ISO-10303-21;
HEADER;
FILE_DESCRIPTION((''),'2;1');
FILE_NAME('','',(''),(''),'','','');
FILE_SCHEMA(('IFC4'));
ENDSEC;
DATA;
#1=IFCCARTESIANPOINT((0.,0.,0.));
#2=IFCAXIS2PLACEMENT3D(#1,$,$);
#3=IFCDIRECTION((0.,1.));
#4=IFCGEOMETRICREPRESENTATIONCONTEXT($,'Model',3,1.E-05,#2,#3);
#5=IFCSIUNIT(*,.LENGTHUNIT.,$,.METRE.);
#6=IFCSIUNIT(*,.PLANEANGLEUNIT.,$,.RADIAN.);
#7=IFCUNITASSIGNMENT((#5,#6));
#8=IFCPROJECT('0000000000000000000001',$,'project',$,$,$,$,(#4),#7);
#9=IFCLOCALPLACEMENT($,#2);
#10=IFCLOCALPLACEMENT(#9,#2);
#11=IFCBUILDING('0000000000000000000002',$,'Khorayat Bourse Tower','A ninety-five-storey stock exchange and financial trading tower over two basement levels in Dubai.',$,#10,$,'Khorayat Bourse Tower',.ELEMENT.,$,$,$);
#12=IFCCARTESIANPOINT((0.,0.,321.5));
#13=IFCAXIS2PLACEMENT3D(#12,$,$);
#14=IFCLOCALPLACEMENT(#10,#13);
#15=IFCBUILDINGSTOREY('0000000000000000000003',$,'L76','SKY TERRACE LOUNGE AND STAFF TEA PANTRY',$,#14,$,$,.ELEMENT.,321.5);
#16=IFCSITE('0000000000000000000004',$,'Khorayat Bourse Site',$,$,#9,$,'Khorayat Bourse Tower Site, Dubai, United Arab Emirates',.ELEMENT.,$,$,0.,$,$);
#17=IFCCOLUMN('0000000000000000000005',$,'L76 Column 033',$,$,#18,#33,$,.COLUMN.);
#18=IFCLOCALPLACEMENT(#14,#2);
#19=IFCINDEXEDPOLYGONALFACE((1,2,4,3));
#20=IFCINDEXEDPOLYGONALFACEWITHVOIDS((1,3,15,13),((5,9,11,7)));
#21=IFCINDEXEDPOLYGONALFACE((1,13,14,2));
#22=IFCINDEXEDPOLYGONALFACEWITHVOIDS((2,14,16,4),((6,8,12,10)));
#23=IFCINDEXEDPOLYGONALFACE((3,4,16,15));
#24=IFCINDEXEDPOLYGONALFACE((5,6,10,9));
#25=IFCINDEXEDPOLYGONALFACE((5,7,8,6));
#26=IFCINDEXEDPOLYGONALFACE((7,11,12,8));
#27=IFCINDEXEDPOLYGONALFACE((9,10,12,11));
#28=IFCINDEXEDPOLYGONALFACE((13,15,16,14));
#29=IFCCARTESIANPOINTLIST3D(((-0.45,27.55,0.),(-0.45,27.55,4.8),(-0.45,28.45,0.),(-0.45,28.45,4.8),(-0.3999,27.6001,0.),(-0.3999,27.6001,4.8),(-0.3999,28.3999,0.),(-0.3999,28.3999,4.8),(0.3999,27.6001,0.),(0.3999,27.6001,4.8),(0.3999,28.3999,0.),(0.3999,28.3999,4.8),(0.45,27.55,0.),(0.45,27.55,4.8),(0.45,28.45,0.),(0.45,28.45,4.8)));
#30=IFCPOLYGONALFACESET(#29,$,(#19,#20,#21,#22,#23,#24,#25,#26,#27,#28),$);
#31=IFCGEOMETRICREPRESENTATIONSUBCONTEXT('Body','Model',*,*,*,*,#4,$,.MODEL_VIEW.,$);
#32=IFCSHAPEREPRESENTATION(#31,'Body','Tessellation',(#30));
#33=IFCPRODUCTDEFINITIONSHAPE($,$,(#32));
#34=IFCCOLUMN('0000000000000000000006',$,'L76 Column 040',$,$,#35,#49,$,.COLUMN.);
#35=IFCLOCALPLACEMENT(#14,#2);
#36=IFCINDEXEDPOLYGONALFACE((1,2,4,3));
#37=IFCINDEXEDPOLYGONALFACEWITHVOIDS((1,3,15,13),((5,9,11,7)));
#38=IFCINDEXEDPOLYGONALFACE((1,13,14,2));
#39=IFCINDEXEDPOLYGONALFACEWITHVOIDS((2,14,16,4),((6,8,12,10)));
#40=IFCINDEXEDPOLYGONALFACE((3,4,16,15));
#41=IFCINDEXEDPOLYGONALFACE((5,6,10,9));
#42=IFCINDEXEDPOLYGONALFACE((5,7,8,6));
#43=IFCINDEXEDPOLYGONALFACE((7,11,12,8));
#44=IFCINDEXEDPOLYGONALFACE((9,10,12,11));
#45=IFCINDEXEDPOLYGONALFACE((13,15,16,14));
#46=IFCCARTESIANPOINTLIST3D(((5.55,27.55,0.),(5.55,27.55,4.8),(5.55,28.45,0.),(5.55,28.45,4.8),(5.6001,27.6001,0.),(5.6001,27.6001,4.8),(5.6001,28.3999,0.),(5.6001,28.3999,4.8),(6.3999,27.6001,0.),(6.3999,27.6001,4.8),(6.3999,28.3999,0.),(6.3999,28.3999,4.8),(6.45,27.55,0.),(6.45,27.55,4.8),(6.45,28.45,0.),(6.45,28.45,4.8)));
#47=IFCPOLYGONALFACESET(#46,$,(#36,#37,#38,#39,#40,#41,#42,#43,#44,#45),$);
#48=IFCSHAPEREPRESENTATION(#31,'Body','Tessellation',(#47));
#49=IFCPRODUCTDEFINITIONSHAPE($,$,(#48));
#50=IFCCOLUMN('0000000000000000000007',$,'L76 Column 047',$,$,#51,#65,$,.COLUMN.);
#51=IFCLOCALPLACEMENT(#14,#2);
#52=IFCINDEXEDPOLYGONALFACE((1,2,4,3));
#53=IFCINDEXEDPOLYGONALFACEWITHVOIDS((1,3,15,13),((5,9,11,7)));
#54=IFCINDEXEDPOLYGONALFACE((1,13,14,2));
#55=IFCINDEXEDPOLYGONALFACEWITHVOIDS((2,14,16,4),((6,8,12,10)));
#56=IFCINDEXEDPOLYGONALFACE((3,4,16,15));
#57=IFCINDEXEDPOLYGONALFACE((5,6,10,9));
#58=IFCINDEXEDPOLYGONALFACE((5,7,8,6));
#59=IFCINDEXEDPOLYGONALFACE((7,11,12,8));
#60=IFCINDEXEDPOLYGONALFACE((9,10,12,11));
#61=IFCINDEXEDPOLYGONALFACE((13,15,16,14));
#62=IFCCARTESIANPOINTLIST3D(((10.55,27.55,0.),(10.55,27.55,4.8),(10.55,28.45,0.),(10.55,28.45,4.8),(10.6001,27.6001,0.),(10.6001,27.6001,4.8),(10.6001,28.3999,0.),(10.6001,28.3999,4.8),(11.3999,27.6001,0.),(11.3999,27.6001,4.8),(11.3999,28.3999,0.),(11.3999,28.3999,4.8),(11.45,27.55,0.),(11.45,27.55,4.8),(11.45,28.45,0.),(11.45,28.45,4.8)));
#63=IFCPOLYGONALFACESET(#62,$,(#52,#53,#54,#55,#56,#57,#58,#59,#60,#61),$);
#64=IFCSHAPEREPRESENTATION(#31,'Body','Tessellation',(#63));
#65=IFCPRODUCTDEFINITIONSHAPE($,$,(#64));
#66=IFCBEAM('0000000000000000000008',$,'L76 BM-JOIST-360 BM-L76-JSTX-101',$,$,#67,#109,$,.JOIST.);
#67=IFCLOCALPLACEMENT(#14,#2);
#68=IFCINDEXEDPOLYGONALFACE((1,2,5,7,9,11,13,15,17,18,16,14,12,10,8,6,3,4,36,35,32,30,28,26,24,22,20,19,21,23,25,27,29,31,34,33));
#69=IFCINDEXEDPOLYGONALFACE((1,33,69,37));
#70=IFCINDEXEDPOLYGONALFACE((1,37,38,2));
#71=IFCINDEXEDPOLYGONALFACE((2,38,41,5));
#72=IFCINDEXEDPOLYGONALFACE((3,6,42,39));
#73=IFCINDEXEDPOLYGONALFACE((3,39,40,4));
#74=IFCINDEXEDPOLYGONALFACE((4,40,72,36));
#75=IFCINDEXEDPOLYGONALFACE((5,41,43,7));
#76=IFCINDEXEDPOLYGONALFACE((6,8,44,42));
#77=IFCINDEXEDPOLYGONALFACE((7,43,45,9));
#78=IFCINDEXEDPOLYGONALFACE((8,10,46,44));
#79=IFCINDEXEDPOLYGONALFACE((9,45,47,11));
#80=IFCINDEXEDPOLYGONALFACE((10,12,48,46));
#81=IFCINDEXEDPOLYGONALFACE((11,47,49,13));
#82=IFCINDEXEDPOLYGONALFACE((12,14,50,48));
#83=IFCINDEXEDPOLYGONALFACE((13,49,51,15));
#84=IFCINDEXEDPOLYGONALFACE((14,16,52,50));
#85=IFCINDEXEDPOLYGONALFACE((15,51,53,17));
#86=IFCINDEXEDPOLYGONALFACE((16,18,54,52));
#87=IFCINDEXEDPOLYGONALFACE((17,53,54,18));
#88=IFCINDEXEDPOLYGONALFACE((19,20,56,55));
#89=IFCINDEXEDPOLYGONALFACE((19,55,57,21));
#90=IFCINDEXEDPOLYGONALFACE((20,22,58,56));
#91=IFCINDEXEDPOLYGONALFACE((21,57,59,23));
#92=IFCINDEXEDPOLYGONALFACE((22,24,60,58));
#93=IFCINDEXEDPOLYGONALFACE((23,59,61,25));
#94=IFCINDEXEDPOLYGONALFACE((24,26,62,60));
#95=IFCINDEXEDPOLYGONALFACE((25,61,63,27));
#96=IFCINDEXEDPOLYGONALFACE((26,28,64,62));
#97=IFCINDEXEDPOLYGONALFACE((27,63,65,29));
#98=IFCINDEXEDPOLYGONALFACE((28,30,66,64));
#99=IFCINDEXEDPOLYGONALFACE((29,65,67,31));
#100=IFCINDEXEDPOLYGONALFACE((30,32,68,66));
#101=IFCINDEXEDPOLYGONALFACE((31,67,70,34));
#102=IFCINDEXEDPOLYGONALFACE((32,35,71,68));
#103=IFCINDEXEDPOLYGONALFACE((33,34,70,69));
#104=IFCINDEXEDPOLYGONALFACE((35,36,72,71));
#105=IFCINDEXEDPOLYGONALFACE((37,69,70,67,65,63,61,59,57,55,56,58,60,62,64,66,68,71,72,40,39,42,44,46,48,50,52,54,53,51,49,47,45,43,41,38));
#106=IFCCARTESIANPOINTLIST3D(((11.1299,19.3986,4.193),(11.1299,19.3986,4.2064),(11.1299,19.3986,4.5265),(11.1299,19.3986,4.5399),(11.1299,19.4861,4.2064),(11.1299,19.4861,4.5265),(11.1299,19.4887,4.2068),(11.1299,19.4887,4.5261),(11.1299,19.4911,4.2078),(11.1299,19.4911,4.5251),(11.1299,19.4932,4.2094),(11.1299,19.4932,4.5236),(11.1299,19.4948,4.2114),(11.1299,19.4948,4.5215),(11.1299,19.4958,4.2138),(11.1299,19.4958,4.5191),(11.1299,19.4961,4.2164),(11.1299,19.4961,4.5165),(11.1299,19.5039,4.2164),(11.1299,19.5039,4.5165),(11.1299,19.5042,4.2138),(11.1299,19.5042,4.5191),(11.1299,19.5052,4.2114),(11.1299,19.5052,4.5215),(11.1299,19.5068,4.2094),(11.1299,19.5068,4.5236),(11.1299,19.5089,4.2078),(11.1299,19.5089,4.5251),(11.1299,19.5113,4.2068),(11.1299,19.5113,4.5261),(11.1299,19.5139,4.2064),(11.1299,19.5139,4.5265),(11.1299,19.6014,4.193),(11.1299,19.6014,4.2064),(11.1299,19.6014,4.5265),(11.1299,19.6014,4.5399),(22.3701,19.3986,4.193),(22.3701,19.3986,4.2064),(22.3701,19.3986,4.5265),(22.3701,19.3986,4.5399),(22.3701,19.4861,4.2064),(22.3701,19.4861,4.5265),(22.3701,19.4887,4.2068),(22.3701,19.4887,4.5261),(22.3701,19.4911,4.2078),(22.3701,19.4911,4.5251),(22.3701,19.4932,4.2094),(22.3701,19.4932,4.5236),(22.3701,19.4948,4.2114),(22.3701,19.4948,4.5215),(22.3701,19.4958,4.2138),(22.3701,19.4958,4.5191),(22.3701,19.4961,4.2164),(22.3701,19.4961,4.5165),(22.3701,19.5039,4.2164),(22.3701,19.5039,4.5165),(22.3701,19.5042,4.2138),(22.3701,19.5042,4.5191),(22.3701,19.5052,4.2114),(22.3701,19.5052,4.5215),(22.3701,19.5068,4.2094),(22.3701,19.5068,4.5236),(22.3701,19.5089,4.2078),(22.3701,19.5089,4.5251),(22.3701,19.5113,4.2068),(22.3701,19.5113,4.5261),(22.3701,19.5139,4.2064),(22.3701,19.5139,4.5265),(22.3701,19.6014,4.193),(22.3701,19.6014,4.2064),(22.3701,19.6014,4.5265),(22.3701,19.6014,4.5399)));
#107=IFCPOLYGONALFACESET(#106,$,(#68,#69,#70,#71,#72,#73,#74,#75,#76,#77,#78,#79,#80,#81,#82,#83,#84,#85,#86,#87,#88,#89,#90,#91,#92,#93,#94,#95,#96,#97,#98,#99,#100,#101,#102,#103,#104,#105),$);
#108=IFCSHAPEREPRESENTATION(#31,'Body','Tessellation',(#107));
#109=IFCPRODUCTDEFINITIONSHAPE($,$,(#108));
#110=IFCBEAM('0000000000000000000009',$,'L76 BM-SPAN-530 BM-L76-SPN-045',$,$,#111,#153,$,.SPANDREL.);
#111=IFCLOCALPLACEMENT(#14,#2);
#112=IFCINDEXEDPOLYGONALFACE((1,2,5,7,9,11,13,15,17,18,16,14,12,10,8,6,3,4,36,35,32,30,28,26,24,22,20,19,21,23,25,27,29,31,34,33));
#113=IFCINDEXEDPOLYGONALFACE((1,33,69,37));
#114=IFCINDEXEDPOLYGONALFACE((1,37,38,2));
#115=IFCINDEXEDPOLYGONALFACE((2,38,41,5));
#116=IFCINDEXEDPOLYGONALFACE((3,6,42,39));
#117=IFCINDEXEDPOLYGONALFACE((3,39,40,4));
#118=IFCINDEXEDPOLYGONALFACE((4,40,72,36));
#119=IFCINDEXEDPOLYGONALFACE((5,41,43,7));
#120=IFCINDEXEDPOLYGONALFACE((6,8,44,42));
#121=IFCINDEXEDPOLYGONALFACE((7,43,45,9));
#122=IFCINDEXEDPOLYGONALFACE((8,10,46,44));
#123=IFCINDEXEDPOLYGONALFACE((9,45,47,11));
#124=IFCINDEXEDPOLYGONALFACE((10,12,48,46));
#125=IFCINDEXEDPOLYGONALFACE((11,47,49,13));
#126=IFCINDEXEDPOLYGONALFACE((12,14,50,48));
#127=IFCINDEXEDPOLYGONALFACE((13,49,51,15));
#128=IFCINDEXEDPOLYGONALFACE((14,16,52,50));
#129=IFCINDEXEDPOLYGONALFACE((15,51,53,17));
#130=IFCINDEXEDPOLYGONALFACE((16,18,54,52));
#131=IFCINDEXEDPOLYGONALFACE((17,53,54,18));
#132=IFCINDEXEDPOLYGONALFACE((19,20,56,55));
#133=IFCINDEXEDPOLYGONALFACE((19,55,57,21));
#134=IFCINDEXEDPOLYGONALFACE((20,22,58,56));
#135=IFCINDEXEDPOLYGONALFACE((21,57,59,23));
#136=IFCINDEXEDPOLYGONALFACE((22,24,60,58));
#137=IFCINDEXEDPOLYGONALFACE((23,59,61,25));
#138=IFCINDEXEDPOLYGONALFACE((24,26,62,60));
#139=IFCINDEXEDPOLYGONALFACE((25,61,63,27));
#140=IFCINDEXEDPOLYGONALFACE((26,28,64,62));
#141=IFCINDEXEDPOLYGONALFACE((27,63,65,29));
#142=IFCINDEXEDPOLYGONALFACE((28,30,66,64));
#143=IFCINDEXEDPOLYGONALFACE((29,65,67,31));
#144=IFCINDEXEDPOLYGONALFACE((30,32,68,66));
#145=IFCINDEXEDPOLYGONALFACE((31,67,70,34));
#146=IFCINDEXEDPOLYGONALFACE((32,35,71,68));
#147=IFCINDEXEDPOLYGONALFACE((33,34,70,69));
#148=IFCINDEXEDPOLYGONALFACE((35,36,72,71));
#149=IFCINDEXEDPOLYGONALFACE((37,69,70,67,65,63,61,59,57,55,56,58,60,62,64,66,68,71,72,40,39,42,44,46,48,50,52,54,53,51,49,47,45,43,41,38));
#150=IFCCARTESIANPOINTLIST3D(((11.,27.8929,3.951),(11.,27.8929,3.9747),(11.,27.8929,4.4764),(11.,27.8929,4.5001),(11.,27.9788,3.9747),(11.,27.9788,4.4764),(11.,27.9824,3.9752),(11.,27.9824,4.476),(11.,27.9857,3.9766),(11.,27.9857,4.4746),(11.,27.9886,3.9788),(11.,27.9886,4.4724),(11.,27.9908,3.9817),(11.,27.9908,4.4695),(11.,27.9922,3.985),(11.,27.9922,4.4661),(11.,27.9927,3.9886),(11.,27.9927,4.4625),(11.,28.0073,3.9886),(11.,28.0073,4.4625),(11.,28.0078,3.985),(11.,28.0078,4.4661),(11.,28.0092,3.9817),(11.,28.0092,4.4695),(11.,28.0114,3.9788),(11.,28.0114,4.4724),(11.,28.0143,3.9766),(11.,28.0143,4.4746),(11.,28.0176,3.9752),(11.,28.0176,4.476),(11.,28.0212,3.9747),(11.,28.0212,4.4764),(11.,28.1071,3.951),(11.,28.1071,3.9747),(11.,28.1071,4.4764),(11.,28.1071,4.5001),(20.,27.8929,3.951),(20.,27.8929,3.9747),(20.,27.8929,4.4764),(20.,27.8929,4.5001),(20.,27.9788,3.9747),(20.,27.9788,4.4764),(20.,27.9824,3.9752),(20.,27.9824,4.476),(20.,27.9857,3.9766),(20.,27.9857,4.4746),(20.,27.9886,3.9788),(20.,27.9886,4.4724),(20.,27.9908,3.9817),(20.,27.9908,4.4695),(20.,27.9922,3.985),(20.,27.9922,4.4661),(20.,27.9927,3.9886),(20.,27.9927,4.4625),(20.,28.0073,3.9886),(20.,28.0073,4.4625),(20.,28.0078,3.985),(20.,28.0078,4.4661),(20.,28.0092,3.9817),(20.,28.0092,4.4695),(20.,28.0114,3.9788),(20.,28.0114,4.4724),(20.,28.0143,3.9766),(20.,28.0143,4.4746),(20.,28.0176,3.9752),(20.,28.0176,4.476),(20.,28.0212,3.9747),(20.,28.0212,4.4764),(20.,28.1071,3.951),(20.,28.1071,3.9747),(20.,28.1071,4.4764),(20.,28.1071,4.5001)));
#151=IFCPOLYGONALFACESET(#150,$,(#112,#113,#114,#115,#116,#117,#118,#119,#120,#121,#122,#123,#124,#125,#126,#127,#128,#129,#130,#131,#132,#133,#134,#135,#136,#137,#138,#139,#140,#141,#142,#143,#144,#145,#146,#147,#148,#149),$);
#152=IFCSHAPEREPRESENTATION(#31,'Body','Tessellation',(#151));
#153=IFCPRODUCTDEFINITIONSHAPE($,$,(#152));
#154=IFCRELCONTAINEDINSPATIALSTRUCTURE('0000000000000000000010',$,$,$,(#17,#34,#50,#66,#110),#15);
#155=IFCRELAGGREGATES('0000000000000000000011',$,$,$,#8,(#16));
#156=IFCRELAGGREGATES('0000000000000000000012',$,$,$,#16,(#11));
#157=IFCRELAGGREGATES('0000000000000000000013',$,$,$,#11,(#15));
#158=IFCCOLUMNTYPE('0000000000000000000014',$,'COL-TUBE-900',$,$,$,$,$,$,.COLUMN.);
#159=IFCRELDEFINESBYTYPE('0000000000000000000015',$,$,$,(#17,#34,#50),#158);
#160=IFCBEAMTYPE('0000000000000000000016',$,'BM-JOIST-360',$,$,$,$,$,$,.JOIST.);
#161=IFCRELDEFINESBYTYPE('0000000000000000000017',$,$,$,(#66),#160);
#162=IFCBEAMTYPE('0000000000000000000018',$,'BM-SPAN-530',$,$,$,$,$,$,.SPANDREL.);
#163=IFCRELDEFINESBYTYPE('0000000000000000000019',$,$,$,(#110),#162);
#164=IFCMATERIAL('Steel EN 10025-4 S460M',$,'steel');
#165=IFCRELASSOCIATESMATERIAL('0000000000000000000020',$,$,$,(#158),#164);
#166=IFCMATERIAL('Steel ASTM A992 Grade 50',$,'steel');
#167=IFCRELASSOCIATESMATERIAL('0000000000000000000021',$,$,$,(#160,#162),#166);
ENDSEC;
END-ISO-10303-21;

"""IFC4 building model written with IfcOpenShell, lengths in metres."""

from ifc_helpers import new_model, si_unit, direction, frame, origin, origin_2d, place, context, subcontext, project, spatial, hollow_rectangle, i_section, extrude, source, transform, mapped, material, material_profile, profile_set, type_object, element, save


model = new_model("IFC4")

# Units and contexts
model_context = context("Model", 3, precision=1e-05, world=origin(), true_north=direction((0.0, 1.0)))
body_context = subcontext(model_context, "Body", "Model", "MODEL_VIEW")
ifc_project = project(units=[si_unit("LENGTHUNIT", "METRE"), si_unit("PLANEANGLEUNIT", "RADIAN")], contexts=[model_context])

# Site, building, storey
site_placement = place(None, origin())
site = spatial("IfcSite", under=ifc_project, at=site_placement, Name="Khorayat Bourse Site", LongName="Khorayat Bourse Tower Site, Dubai, United Arab Emirates", CompositionType="ELEMENT", RefElevation=0.0)
building_placement = place(site_placement, origin())
building = spatial("IfcBuilding", under=site, at=building_placement, Name="Khorayat Bourse Tower", Description="A ninety-five-storey stock exchange and financial trading tower over two basement levels in Dubai.", LongName="Khorayat Bourse Tower", CompositionType="ELEMENT")
storey_placement = place(building_placement, frame((0.0, 0.0, 321.5)))
storey = spatial("IfcBuildingStorey", under=building, at=storey_placement, Name="L76", Description="SKY TERRACE LOUNGE AND STAFF TEA PANTRY", CompositionType="ELEMENT", Elevation=321.5)

# Columns
ifc_material_1 = material(Name="Steel EN 10025-4 S460M", Category="steel")
ifc_material_profile_1 = material_profile(ifc_material_1, hollow_rectangle(XDim=0.8999, YDim=0.8999, WallThickness=0.05, at=origin_2d()), Name="BOX 900x900x50")
ifc_profile_set_1 = profile_set([ifc_material_profile_1], Name="Steel EN 10025-4 S460M")
column_type = type_object("IfcColumnType", Name="COL-TUBE-900", PredefinedType="COLUMN", material=ifc_profile_set_1)
shared_shape_1 = source(origin(), body_context, "Body", "SweptSolid", [
    extrude(hollow_rectangle(XDim=0.8999, YDim=0.8999, WallThickness=0.05, at=origin_2d()), origin(), (0.0, 0.0, 1.0), 4.8),
])
for number, where, z_axis, x_axis, name in (
    (1, (0.0, 28.0, 0.0), (0.0, 0.0, 1.0), (1.0, 0.0, 0.0), "L76 Column 033"),
    (2, (6.0, 28.0, 0.0), (0.0, 0.0, 1.0), (1.0, 0.0, 0.0), "L76 Column 040"),
    (3, (11.0, 28.0, 0.0), (0.0, 0.0, 1.0), (1.0, 0.0, 0.0), "L76 Column 047"),
):
    element("IfcColumn", number, at=place(storey_placement, frame(where, z_axis=z_axis, x_axis=x_axis)), inside=storey, type_object=column_type, Name=name, PredefinedType="COLUMN", context=body_context, shape_type="MappedRepresentation", body=[
        mapped(shared_shape_1, transform((0.0, 0.0, 0.0), scale=1.0)),
    ])

# Beams
ifc_material_2 = material(Name="Steel ASTM A992 Grade 50", Category="steel")
ifc_material_profile_2 = material_profile(ifc_material_2, i_section(OverallWidth=0.2029, OverallDepth=0.3469, WebThickness=0.0078, FlangeThickness=0.0134, FilletRadius=0.01, at=origin_2d()), Name="W360X64")
ifc_profile_set_2 = profile_set([ifc_material_profile_2], Name="Steel ASTM A992 Grade 50")
beam_type_1 = type_object("IfcBeamType", Name="BM-JOIST-360", PredefinedType="JOIST", material=ifc_profile_set_2)
shared_shape_2 = source(origin(), body_context, "Body", "SweptSolid", [
    extrude(i_section(OverallWidth=0.2029, OverallDepth=0.3469, WebThickness=0.0078, FlangeThickness=0.0134, FilletRadius=0.01, at=origin_2d()), origin(), (0.0, 0.0, 1.0), 11.2402),
])
beam_1_placement = place(storey_placement, frame((11.1299, 19.5, 4.3665), z_axis=(1.0, 0.0, 0.0), x_axis=(0.0, 1.0, 0.0)))
element("IfcBeam", 4, at=beam_1_placement, inside=storey, type_object=beam_type_1, Name="L76 BM-JOIST-360 BM-L76-JSTX-101", PredefinedType="JOIST", context=body_context, shape_type="MappedRepresentation", body=[
    mapped(shared_shape_2, transform((0.0, 0.0, 0.0), scale=1.0)),
])
ifc_material_profile_3 = material_profile(ifc_material_2, i_section(OverallWidth=0.2141, OverallDepth=0.5491, WebThickness=0.0146, FlangeThickness=0.0237, FilletRadius=0.0139, at=origin_2d()), Name="W530X138")
ifc_profile_set_3 = profile_set([ifc_material_profile_3], Name="Steel ASTM A992 Grade 50")
beam_type_2 = type_object("IfcBeamType", Name="BM-SPAN-530", PredefinedType="SPANDREL", material=ifc_profile_set_3)
shared_shape_3 = source(origin(), body_context, "Body", "SweptSolid", [
    extrude(i_section(OverallWidth=0.2141, OverallDepth=0.5491, WebThickness=0.0146, FlangeThickness=0.0237, FilletRadius=0.0139, at=origin_2d()), origin(), (0.0, 0.0, 1.0), 9.0),
])
beam_2_placement = place(storey_placement, frame((11.0, 28.0, 4.2256), z_axis=(1.0, 0.0, 0.0), x_axis=(0.0, 1.0, 0.0)))
element("IfcBeam", 5, at=beam_2_placement, inside=storey, type_object=beam_type_2, Name="L76 BM-SPAN-530 BM-L76-SPN-045", PredefinedType="SPANDREL", context=body_context, shape_type="MappedRepresentation", body=[
    mapped(shared_shape_3, transform((0.0, 0.0, 0.0), scale=1.0)),
])

save(model, "model.ifc")
